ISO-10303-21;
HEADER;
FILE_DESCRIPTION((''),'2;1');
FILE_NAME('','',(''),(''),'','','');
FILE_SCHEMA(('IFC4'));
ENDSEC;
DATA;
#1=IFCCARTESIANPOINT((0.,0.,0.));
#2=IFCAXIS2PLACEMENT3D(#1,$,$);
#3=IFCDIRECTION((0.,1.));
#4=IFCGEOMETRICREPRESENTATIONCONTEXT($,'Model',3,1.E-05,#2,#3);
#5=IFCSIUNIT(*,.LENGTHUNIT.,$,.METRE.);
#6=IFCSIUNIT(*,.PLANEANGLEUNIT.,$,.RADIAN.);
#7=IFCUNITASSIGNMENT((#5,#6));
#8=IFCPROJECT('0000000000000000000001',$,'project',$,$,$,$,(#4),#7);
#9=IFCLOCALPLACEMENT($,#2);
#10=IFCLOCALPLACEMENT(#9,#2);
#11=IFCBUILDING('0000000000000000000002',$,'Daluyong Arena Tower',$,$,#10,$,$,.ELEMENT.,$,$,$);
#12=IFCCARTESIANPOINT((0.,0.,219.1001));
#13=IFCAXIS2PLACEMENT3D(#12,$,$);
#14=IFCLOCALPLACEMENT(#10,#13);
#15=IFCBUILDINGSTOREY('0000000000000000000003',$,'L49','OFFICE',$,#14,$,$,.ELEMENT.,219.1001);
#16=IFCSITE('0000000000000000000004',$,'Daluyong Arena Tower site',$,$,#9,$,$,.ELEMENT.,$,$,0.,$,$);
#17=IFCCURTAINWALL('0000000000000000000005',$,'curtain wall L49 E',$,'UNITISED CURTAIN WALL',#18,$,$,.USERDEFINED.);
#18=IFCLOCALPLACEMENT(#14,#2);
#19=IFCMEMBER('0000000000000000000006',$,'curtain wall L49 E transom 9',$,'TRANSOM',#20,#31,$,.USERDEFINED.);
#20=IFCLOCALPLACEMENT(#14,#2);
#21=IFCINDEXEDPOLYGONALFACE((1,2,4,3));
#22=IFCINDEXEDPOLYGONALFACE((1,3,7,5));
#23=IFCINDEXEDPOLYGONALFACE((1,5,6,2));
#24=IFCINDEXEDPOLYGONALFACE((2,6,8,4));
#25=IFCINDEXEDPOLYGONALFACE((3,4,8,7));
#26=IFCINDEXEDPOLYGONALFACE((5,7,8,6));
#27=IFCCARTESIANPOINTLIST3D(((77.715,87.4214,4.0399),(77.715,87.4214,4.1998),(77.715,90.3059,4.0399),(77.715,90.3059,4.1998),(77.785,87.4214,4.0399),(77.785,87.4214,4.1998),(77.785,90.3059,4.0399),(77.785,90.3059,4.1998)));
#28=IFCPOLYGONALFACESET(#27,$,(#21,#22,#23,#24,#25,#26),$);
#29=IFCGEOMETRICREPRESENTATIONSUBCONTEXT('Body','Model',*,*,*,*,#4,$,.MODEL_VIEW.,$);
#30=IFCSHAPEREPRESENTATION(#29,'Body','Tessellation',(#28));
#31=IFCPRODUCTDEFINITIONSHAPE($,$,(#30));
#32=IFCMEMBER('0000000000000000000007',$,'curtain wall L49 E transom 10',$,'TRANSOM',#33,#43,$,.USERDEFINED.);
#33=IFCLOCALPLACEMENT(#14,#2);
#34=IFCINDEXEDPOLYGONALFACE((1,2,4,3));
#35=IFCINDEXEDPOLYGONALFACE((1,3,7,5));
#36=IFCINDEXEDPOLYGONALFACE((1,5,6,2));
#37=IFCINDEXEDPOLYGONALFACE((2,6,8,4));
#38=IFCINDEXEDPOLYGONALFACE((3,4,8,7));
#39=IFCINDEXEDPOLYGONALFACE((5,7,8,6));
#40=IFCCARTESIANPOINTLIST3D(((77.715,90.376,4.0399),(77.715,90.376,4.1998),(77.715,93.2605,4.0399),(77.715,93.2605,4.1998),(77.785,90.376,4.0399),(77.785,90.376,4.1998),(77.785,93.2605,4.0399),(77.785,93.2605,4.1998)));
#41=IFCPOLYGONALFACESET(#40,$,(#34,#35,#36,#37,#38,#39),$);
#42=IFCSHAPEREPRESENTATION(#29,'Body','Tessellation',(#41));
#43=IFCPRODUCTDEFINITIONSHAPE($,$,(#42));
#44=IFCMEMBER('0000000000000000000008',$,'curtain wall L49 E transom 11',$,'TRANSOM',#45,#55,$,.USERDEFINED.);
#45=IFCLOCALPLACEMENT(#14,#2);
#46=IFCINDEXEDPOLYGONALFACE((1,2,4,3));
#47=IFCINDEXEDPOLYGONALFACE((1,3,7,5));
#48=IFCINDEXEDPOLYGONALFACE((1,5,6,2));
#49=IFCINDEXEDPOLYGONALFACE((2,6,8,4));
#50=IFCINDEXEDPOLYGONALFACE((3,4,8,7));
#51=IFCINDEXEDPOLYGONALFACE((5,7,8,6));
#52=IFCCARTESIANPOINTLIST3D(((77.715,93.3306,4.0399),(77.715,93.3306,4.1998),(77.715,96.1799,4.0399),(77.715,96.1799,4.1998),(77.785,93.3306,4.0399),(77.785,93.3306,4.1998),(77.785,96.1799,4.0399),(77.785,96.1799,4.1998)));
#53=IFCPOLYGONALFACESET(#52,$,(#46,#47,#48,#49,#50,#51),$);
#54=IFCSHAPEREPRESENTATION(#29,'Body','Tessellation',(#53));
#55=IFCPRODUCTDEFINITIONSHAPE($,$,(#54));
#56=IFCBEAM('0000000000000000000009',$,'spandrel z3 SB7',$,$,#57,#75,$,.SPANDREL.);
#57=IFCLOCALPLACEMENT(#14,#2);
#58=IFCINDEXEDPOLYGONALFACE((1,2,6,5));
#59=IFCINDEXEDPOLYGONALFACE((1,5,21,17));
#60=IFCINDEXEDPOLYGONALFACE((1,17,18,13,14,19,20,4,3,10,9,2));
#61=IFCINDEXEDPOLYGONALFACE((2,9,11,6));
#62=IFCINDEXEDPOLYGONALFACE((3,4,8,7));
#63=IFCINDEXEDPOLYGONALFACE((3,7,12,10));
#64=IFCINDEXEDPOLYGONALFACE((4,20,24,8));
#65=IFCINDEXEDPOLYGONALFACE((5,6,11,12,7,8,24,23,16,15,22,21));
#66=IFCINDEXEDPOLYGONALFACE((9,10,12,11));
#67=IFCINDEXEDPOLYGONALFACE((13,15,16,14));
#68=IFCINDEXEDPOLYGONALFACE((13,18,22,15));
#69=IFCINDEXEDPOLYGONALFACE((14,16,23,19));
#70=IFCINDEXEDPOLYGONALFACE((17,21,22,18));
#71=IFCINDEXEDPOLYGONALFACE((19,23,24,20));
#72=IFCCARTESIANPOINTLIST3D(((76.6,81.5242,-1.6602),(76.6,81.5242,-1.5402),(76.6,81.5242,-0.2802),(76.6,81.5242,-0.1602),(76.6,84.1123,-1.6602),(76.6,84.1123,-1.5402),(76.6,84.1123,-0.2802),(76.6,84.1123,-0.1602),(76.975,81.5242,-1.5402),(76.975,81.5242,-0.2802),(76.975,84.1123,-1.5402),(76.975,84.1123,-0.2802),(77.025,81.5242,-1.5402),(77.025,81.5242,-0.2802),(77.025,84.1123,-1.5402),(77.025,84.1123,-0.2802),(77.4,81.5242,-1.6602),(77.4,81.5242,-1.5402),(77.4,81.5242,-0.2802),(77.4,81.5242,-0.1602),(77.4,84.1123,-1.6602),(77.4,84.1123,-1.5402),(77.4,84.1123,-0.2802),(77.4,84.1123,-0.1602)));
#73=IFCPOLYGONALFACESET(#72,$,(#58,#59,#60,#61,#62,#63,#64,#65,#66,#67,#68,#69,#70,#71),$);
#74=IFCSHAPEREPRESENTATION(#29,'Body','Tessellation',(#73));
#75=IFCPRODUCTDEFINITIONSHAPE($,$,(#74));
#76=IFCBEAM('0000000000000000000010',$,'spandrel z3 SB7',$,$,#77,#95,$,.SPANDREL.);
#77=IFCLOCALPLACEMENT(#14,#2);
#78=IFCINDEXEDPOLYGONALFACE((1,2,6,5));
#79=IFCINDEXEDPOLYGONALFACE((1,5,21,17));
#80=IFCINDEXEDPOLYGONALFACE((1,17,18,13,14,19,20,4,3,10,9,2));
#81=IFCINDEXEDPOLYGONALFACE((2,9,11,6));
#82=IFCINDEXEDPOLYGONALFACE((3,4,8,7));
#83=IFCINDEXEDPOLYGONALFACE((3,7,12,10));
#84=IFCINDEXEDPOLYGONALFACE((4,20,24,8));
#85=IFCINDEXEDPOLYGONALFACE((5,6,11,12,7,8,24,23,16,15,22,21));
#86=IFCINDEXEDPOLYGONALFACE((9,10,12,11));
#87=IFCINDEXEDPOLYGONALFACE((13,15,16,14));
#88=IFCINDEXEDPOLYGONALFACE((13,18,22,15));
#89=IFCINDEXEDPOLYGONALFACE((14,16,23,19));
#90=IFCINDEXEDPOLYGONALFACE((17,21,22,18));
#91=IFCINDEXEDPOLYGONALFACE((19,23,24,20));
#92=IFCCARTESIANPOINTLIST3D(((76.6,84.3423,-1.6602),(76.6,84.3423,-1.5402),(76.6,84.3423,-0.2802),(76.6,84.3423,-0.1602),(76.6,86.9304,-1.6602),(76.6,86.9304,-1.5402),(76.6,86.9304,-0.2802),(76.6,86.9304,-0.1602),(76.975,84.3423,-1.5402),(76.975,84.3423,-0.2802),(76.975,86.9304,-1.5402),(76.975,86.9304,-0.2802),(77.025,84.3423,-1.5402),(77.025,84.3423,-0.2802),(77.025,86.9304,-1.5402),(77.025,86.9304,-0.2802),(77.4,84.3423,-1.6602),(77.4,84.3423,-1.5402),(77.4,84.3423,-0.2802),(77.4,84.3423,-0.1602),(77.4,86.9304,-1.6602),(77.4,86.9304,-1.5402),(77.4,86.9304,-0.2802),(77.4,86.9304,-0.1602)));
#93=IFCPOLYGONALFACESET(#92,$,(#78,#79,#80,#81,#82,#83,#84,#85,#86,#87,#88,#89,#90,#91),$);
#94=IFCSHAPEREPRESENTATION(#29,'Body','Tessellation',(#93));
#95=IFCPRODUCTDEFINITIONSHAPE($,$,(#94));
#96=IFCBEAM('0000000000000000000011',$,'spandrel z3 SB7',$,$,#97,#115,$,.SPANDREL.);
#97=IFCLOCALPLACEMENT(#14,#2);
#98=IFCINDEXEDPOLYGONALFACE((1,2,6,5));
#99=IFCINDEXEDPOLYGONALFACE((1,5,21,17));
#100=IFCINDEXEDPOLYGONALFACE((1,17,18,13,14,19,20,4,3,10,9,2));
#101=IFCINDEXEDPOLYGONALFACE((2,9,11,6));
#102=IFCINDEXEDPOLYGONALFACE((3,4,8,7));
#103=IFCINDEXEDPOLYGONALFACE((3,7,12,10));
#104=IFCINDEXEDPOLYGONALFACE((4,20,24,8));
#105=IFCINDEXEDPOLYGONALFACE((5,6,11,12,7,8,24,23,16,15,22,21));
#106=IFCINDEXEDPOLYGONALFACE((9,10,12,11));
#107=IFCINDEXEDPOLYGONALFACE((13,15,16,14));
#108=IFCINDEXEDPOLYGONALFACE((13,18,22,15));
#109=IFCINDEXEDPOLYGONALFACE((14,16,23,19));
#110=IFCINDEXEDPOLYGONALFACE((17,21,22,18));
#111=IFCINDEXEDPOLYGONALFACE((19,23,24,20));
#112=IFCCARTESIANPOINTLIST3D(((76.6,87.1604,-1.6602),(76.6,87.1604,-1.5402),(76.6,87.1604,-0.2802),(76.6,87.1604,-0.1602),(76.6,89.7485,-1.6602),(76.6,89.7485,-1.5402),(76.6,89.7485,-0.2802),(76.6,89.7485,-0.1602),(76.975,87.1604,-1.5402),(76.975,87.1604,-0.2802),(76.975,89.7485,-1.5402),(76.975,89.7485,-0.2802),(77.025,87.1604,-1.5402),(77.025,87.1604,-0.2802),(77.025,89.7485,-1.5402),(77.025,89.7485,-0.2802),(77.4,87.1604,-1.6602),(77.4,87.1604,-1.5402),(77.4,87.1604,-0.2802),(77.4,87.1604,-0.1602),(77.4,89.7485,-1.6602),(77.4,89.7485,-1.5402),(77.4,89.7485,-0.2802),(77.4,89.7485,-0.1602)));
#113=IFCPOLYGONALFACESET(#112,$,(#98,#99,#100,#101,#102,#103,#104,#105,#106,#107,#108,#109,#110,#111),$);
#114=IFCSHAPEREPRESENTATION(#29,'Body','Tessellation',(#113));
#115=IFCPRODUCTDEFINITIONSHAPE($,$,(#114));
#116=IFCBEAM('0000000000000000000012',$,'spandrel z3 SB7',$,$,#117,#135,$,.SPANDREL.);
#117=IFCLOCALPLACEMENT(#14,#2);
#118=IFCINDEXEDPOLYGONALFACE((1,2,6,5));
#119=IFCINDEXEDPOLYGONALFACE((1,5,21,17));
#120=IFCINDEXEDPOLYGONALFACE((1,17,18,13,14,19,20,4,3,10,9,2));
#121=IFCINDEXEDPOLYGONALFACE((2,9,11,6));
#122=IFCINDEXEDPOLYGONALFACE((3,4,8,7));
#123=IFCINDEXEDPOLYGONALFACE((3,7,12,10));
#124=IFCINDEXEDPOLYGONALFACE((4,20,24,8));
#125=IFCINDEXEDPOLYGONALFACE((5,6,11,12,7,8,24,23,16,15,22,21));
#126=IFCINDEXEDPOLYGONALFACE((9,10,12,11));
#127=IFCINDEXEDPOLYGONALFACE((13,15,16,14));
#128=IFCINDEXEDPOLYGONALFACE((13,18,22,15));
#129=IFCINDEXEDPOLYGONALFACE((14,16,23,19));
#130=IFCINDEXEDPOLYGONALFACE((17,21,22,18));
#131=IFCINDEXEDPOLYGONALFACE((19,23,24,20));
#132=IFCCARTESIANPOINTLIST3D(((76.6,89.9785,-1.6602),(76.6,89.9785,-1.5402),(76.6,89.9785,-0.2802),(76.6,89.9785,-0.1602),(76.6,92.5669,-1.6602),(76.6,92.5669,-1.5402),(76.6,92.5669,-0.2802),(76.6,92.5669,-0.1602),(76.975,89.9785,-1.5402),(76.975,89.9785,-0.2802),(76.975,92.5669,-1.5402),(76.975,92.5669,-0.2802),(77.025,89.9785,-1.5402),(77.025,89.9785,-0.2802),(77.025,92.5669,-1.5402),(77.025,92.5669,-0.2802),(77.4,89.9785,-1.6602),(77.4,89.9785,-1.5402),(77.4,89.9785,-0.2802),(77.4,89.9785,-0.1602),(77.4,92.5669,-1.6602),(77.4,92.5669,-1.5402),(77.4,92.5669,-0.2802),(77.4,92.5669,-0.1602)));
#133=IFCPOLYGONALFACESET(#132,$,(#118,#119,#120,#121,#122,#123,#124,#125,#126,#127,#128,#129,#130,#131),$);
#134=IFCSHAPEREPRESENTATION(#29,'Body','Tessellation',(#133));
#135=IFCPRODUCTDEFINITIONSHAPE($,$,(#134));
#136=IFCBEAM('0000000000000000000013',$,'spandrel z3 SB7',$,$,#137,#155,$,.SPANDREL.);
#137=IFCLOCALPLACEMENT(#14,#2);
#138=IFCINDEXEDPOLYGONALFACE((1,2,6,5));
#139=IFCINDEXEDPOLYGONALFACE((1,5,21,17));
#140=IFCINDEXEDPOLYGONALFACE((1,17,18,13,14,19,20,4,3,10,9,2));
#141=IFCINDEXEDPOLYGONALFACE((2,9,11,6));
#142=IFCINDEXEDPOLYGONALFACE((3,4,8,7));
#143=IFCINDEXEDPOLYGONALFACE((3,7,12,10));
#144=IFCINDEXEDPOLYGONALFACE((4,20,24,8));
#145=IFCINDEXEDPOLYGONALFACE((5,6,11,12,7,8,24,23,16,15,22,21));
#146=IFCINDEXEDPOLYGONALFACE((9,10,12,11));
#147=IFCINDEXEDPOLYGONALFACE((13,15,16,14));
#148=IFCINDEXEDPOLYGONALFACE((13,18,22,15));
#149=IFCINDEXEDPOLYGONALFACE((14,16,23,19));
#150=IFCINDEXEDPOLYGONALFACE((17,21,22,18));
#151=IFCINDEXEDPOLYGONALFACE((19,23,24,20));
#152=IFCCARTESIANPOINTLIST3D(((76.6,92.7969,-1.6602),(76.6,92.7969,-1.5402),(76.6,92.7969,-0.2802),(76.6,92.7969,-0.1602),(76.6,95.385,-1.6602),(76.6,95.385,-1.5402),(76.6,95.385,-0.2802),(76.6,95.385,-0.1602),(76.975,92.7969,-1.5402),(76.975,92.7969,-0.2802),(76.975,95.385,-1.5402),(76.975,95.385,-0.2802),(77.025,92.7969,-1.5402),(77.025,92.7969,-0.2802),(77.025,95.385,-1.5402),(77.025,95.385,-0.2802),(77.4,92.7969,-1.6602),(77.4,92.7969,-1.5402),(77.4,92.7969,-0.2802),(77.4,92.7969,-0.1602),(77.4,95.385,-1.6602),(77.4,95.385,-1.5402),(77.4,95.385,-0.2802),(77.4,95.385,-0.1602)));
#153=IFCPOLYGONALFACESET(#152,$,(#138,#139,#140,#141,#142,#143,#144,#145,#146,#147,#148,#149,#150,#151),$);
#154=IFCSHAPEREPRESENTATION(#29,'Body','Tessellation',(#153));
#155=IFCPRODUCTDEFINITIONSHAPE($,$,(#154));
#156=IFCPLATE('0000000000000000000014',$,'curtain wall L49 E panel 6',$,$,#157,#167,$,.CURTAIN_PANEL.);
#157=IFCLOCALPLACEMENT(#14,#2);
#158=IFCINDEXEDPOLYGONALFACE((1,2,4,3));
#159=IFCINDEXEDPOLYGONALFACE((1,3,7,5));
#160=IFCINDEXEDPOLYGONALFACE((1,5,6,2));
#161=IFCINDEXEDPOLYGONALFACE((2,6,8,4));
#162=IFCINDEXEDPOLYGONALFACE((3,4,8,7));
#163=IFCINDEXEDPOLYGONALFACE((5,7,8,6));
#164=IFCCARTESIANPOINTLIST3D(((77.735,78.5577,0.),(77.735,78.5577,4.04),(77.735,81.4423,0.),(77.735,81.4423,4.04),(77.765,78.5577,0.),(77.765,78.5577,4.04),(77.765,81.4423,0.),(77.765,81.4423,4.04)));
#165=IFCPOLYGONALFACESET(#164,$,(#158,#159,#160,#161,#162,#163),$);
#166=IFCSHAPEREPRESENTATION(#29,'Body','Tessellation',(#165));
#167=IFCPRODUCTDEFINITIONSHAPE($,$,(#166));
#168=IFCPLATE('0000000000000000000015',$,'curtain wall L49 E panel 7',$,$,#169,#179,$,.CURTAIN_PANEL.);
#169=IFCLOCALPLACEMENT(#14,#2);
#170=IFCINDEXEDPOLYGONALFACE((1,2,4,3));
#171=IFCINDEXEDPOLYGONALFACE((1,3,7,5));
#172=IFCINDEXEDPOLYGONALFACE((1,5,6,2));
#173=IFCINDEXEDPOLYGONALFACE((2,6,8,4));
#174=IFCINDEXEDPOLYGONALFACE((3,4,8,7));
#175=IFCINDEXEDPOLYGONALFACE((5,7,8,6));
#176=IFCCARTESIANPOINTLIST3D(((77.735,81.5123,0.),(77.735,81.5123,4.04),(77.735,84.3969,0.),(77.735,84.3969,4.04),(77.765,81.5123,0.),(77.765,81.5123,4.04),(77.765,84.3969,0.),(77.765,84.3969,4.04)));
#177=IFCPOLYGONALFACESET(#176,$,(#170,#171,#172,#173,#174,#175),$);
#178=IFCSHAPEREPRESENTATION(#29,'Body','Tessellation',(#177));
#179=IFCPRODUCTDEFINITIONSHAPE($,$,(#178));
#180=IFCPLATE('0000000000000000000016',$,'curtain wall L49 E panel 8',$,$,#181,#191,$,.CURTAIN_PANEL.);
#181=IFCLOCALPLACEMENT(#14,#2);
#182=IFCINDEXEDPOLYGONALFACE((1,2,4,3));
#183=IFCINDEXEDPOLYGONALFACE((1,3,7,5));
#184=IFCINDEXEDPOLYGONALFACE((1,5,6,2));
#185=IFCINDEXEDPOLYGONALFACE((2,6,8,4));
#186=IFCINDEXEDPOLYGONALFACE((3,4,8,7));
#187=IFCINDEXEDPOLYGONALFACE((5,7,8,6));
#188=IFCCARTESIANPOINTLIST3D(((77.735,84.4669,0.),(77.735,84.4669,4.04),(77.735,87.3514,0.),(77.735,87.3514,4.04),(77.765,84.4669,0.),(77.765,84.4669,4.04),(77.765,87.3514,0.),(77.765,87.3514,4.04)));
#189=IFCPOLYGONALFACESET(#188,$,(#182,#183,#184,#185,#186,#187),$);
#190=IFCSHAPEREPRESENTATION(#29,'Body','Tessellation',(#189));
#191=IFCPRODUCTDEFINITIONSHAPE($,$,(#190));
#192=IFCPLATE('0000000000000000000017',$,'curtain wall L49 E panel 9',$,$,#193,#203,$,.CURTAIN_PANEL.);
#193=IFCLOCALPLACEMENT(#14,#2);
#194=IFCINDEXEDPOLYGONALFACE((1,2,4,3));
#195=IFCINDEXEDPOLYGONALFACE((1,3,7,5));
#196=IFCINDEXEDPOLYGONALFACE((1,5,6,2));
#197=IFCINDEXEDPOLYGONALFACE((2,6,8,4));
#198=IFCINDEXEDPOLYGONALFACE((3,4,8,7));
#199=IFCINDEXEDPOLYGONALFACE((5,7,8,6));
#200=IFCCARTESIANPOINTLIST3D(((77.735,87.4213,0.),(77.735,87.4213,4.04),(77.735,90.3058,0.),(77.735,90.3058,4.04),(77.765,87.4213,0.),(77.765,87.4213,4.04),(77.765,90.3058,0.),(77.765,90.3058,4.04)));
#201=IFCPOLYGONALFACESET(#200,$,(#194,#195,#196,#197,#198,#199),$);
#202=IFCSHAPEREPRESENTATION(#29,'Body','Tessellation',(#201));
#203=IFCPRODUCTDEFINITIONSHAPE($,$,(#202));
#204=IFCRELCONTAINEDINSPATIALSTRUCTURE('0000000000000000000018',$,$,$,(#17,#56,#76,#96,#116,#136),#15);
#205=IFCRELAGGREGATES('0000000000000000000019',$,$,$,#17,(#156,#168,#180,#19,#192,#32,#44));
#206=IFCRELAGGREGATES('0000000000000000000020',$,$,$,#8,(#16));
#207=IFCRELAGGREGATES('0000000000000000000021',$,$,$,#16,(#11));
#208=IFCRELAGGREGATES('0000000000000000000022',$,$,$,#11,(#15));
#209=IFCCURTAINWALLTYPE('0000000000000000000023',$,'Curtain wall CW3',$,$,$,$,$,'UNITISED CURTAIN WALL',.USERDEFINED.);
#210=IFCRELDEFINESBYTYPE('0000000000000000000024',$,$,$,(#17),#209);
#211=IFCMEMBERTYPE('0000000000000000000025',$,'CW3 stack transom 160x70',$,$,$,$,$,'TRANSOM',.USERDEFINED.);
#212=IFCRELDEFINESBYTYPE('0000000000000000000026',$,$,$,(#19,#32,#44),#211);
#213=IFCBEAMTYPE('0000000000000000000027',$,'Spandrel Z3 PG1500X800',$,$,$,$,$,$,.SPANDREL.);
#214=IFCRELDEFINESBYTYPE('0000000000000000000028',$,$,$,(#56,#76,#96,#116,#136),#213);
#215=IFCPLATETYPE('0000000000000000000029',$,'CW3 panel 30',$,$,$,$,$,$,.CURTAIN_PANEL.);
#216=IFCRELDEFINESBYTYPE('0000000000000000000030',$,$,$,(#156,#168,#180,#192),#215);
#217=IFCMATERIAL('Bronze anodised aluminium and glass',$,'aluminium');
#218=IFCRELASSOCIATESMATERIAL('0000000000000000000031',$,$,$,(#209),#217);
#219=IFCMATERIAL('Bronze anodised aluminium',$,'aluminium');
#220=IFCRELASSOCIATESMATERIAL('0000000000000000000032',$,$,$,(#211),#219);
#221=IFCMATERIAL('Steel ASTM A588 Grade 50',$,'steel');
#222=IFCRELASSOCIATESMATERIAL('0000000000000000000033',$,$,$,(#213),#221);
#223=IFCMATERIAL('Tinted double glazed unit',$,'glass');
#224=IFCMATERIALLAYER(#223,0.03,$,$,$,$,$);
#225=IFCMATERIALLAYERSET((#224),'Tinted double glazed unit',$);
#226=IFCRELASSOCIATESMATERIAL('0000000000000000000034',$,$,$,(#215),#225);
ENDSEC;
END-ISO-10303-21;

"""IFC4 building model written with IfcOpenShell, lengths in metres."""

from ifc_helpers import new_model, si_unit, direction, frame, origin, origin_2d, place, context, subcontext, project, spatial, rectangle, i_section, extrude, material, layer, layer_set, material_profile, profile_set, type_object, element, aggregate, save


model = new_model("IFC4")

# Units and contexts
model_context = context("Model", 3, precision=1e-05, world=origin(), true_north=direction((0.0, 1.0)))
body_context = subcontext(model_context, "Body", "Model", "MODEL_VIEW")
ifc_project = project(units=[si_unit("LENGTHUNIT", "METRE"), si_unit("PLANEANGLEUNIT", "RADIAN")], contexts=[model_context])

# Site, building, storey
site_placement = place(None, origin())
site = spatial("IfcSite", under=ifc_project, at=site_placement, Name="Daluyong Arena Tower site", CompositionType="ELEMENT", RefElevation=0.0)
building_placement = place(site_placement, origin())
building = spatial("IfcBuilding", under=site, at=building_placement, Name="Daluyong Arena Tower", CompositionType="ELEMENT")
storey_placement = place(building_placement, frame((0.0, 0.0, 219.1001)))
storey = spatial("IfcBuildingStorey", under=building, at=storey_placement, Name="L49", Description="OFFICE", CompositionType="ELEMENT", Elevation=219.1001)

# Curtain wall, members
ifc_material_1 = material(Name="Bronze anodised aluminium and glass", Category="aluminium")
curtain_wall_type = type_object("IfcCurtainWallType", Name="Curtain wall CW3", ElementType="UNITISED CURTAIN WALL", PredefinedType="USERDEFINED", material=ifc_material_1)
curtain_wall_placement = place(storey_placement, origin())
curtain_wall = element("IfcCurtainWall", 1, at=curtain_wall_placement, inside=storey, type_object=curtain_wall_type, Name="curtain wall L49 E", ObjectType="UNITISED CURTAIN WALL", PredefinedType="USERDEFINED")
ifc_material_2 = material(Name="Bronze anodised aluminium", Category="aluminium")
ifc_material_profile_1 = material_profile(ifc_material_2, rectangle(XDim=0.0701, YDim=0.1599, at=origin_2d()))
ifc_profile_set_1 = profile_set([ifc_material_profile_1], Name="Bronze anodised aluminium")
member_type_1 = type_object("IfcMemberType", Name="CW3 stack transom 160x70", ElementType="TRANSOM", PredefinedType="USERDEFINED", material=ifc_profile_set_1)
member_1_placement = place(storey_placement, frame((77.75, 87.4214, 4.1199), z_axis=(0.0, 1.0, 0.0), x_axis=(-1.0, 0.0, 0.0)))
member_1 = element("IfcMember", 2, at=member_1_placement, type_object=member_type_1, Name="curtain wall L49 E transom 9", ObjectType="TRANSOM", PredefinedType="USERDEFINED", context=body_context, shape_type="SweptSolid", body=[
    extrude(rectangle(XDim=0.0701, YDim=0.1599, at=origin_2d()), origin(), (0.0, 0.0, 1.0), 2.8845),
])
member_2_placement = place(storey_placement, frame((77.75, 90.376, 4.1199), z_axis=(0.0, 1.0, 0.0), x_axis=(-1.0, 0.0, 0.0)))
member_2 = element("IfcMember", 3, at=member_2_placement, type_object=member_type_1, Name="curtain wall L49 E transom 10", ObjectType="TRANSOM", PredefinedType="USERDEFINED", context=body_context, shape_type="SweptSolid", body=[
    extrude(rectangle(XDim=0.0701, YDim=0.1599, at=origin_2d()), origin(), (0.0, 0.0, 1.0), 2.8845),
])
member_3_placement = place(storey_placement, frame((77.75, 93.3306, 4.1199), z_axis=(0.0, 1.0, 0.0), x_axis=(-1.0, 0.0, 0.0)))
member_3 = element("IfcMember", 4, at=member_3_placement, type_object=member_type_1, Name="curtain wall L49 E transom 11", ObjectType="TRANSOM", PredefinedType="USERDEFINED", context=body_context, shape_type="SweptSolid", body=[
    extrude(rectangle(XDim=0.0701, YDim=0.1599, at=origin_2d()), origin(), (0.0, 0.0, 1.0), 2.8494),
])

# Beams
ifc_material_3 = material(Name="Steel ASTM A588 Grade 50", Category="steel")
ifc_material_profile_2 = material_profile(ifc_material_3, i_section(OverallWidth=0.8, OverallDepth=1.5, WebThickness=0.05, FlangeThickness=0.12, at=origin_2d()))
ifc_profile_set_2 = profile_set([ifc_material_profile_2], Name="Steel ASTM A588 Grade 50")
beam_type = type_object("IfcBeamType", Name="Spandrel Z3 PG1500X800", PredefinedType="SPANDREL", material=ifc_profile_set_2)
for number, where, z_axis, x_axis, name in (
    (5, (77.0, 81.5242, -0.9102), (0.0, 1.0, 0.0), (-1.0, 0.0, 0.0), "spandrel z3 SB7"),
    (6, (77.0, 84.3423, -0.9102), (0.0, 1.0, 0.0), (-1.0, 0.0, 0.0), "spandrel z3 SB7"),
    (7, (77.0, 87.1604, -0.9102), (0.0, 1.0, 0.0), (-1.0, 0.0, 0.0), "spandrel z3 SB7"),
):
    element("IfcBeam", number, at=place(storey_placement, frame(where, z_axis=z_axis, x_axis=x_axis)), inside=storey, type_object=beam_type, Name=name, PredefinedType="SPANDREL", context=body_context, shape_type="SweptSolid", body=[
        extrude(i_section(OverallWidth=0.8, OverallDepth=1.5, WebThickness=0.05, FlangeThickness=0.12, at=origin_2d()), origin(), (0.0, 0.0, 1.0), 2.5881),
    ])
beam_1_placement = place(storey_placement, frame((77.0, 89.9785, -0.9102), z_axis=(0.0, 1.0, 0.0), x_axis=(-1.0, 0.0, 0.0)))
element("IfcBeam", 8, at=beam_1_placement, inside=storey, type_object=beam_type, Name="spandrel z3 SB7", PredefinedType="SPANDREL", context=body_context, shape_type="SweptSolid", body=[
    extrude(i_section(OverallWidth=0.8, OverallDepth=1.5, WebThickness=0.05, FlangeThickness=0.12, at=origin_2d()), origin(), (0.0, 0.0, 1.0), 2.5884),
])
beam_2_placement = place(storey_placement, frame((77.0, 92.7969, -0.9102), z_axis=(0.0, 1.0, 0.0), x_axis=(-1.0, 0.0, 0.0)))
element("IfcBeam", 9, at=beam_2_placement, inside=storey, type_object=beam_type, Name="spandrel z3 SB7", PredefinedType="SPANDREL", context=body_context, shape_type="SweptSolid", body=[
    extrude(i_section(OverallWidth=0.8, OverallDepth=1.5, WebThickness=0.05, FlangeThickness=0.12, at=origin_2d()), origin(), (0.0, 0.0, 1.0), 2.5881),
])

# Plates
ifc_material_4 = material(Name="Tinted double glazed unit", Category="glass")
ifc_layer = layer(ifc_material_4, 0.03)
ifc_layer_set = layer_set([ifc_layer], Name="Tinted double glazed unit")
plate_type = type_object("IfcPlateType", Name="CW3 panel 30", PredefinedType="CURTAIN_PANEL", material=ifc_layer_set)
plate_1_placement = place(storey_placement, frame((77.75, 80.0, 0.0), z_axis=(0.0, 0.0, 1.0), x_axis=(0.0, 1.0, 0.0)))
plate_1 = element("IfcPlate", 10, at=plate_1_placement, type_object=plate_type, Name="curtain wall L49 E panel 6", PredefinedType="CURTAIN_PANEL", context=body_context, shape_type="SweptSolid", body=[
    extrude(rectangle(XDim=2.8845, YDim=0.03, at=origin_2d()), origin(), (0.0, 0.0, 1.0), 4.04),
])
plate_2_placement = place(storey_placement, frame((77.75, 82.9546, 0.0), z_axis=(0.0, 0.0, 1.0), x_axis=(0.0, 1.0, 0.0)))
plate_2 = element("IfcPlate", 11, at=plate_2_placement, type_object=plate_type, Name="curtain wall L49 E panel 7", PredefinedType="CURTAIN_PANEL", context=body_context, shape_type="SweptSolid", body=[
    extrude(rectangle(XDim=2.8845, YDim=0.03, at=origin_2d()), origin(), (0.0, 0.0, 1.0), 4.04),
])
plate_3_placement = place(storey_placement, frame((77.75, 85.9092, 0.0), z_axis=(0.0, 0.0, 1.0), x_axis=(0.0, 1.0, 0.0)))
plate_3 = element("IfcPlate", 12, at=plate_3_placement, type_object=plate_type, Name="curtain wall L49 E panel 8", PredefinedType="CURTAIN_PANEL", context=body_context, shape_type="SweptSolid", body=[
    extrude(rectangle(XDim=2.8845, YDim=0.03, at=origin_2d()), origin(), (0.0, 0.0, 1.0), 4.04),
])
plate_4_placement = place(storey_placement, frame((77.75, 88.8635, 0.0), z_axis=(0.0, 0.0, 1.0), x_axis=(0.0, 1.0, 0.0)))
plate_4 = element("IfcPlate", 13, at=plate_4_placement, type_object=plate_type, Name="curtain wall L49 E panel 9", PredefinedType="CURTAIN_PANEL", context=body_context, shape_type="SweptSolid", body=[
    extrude(rectangle(XDim=2.8845, YDim=0.03, at=origin_2d()), origin(), (0.0, 0.0, 1.0), 4.04),
])
aggregate(curtain_wall, [plate_1, plate_2, plate_3, member_1, plate_4, member_2, member_3])

save(model, "model.ifc")
